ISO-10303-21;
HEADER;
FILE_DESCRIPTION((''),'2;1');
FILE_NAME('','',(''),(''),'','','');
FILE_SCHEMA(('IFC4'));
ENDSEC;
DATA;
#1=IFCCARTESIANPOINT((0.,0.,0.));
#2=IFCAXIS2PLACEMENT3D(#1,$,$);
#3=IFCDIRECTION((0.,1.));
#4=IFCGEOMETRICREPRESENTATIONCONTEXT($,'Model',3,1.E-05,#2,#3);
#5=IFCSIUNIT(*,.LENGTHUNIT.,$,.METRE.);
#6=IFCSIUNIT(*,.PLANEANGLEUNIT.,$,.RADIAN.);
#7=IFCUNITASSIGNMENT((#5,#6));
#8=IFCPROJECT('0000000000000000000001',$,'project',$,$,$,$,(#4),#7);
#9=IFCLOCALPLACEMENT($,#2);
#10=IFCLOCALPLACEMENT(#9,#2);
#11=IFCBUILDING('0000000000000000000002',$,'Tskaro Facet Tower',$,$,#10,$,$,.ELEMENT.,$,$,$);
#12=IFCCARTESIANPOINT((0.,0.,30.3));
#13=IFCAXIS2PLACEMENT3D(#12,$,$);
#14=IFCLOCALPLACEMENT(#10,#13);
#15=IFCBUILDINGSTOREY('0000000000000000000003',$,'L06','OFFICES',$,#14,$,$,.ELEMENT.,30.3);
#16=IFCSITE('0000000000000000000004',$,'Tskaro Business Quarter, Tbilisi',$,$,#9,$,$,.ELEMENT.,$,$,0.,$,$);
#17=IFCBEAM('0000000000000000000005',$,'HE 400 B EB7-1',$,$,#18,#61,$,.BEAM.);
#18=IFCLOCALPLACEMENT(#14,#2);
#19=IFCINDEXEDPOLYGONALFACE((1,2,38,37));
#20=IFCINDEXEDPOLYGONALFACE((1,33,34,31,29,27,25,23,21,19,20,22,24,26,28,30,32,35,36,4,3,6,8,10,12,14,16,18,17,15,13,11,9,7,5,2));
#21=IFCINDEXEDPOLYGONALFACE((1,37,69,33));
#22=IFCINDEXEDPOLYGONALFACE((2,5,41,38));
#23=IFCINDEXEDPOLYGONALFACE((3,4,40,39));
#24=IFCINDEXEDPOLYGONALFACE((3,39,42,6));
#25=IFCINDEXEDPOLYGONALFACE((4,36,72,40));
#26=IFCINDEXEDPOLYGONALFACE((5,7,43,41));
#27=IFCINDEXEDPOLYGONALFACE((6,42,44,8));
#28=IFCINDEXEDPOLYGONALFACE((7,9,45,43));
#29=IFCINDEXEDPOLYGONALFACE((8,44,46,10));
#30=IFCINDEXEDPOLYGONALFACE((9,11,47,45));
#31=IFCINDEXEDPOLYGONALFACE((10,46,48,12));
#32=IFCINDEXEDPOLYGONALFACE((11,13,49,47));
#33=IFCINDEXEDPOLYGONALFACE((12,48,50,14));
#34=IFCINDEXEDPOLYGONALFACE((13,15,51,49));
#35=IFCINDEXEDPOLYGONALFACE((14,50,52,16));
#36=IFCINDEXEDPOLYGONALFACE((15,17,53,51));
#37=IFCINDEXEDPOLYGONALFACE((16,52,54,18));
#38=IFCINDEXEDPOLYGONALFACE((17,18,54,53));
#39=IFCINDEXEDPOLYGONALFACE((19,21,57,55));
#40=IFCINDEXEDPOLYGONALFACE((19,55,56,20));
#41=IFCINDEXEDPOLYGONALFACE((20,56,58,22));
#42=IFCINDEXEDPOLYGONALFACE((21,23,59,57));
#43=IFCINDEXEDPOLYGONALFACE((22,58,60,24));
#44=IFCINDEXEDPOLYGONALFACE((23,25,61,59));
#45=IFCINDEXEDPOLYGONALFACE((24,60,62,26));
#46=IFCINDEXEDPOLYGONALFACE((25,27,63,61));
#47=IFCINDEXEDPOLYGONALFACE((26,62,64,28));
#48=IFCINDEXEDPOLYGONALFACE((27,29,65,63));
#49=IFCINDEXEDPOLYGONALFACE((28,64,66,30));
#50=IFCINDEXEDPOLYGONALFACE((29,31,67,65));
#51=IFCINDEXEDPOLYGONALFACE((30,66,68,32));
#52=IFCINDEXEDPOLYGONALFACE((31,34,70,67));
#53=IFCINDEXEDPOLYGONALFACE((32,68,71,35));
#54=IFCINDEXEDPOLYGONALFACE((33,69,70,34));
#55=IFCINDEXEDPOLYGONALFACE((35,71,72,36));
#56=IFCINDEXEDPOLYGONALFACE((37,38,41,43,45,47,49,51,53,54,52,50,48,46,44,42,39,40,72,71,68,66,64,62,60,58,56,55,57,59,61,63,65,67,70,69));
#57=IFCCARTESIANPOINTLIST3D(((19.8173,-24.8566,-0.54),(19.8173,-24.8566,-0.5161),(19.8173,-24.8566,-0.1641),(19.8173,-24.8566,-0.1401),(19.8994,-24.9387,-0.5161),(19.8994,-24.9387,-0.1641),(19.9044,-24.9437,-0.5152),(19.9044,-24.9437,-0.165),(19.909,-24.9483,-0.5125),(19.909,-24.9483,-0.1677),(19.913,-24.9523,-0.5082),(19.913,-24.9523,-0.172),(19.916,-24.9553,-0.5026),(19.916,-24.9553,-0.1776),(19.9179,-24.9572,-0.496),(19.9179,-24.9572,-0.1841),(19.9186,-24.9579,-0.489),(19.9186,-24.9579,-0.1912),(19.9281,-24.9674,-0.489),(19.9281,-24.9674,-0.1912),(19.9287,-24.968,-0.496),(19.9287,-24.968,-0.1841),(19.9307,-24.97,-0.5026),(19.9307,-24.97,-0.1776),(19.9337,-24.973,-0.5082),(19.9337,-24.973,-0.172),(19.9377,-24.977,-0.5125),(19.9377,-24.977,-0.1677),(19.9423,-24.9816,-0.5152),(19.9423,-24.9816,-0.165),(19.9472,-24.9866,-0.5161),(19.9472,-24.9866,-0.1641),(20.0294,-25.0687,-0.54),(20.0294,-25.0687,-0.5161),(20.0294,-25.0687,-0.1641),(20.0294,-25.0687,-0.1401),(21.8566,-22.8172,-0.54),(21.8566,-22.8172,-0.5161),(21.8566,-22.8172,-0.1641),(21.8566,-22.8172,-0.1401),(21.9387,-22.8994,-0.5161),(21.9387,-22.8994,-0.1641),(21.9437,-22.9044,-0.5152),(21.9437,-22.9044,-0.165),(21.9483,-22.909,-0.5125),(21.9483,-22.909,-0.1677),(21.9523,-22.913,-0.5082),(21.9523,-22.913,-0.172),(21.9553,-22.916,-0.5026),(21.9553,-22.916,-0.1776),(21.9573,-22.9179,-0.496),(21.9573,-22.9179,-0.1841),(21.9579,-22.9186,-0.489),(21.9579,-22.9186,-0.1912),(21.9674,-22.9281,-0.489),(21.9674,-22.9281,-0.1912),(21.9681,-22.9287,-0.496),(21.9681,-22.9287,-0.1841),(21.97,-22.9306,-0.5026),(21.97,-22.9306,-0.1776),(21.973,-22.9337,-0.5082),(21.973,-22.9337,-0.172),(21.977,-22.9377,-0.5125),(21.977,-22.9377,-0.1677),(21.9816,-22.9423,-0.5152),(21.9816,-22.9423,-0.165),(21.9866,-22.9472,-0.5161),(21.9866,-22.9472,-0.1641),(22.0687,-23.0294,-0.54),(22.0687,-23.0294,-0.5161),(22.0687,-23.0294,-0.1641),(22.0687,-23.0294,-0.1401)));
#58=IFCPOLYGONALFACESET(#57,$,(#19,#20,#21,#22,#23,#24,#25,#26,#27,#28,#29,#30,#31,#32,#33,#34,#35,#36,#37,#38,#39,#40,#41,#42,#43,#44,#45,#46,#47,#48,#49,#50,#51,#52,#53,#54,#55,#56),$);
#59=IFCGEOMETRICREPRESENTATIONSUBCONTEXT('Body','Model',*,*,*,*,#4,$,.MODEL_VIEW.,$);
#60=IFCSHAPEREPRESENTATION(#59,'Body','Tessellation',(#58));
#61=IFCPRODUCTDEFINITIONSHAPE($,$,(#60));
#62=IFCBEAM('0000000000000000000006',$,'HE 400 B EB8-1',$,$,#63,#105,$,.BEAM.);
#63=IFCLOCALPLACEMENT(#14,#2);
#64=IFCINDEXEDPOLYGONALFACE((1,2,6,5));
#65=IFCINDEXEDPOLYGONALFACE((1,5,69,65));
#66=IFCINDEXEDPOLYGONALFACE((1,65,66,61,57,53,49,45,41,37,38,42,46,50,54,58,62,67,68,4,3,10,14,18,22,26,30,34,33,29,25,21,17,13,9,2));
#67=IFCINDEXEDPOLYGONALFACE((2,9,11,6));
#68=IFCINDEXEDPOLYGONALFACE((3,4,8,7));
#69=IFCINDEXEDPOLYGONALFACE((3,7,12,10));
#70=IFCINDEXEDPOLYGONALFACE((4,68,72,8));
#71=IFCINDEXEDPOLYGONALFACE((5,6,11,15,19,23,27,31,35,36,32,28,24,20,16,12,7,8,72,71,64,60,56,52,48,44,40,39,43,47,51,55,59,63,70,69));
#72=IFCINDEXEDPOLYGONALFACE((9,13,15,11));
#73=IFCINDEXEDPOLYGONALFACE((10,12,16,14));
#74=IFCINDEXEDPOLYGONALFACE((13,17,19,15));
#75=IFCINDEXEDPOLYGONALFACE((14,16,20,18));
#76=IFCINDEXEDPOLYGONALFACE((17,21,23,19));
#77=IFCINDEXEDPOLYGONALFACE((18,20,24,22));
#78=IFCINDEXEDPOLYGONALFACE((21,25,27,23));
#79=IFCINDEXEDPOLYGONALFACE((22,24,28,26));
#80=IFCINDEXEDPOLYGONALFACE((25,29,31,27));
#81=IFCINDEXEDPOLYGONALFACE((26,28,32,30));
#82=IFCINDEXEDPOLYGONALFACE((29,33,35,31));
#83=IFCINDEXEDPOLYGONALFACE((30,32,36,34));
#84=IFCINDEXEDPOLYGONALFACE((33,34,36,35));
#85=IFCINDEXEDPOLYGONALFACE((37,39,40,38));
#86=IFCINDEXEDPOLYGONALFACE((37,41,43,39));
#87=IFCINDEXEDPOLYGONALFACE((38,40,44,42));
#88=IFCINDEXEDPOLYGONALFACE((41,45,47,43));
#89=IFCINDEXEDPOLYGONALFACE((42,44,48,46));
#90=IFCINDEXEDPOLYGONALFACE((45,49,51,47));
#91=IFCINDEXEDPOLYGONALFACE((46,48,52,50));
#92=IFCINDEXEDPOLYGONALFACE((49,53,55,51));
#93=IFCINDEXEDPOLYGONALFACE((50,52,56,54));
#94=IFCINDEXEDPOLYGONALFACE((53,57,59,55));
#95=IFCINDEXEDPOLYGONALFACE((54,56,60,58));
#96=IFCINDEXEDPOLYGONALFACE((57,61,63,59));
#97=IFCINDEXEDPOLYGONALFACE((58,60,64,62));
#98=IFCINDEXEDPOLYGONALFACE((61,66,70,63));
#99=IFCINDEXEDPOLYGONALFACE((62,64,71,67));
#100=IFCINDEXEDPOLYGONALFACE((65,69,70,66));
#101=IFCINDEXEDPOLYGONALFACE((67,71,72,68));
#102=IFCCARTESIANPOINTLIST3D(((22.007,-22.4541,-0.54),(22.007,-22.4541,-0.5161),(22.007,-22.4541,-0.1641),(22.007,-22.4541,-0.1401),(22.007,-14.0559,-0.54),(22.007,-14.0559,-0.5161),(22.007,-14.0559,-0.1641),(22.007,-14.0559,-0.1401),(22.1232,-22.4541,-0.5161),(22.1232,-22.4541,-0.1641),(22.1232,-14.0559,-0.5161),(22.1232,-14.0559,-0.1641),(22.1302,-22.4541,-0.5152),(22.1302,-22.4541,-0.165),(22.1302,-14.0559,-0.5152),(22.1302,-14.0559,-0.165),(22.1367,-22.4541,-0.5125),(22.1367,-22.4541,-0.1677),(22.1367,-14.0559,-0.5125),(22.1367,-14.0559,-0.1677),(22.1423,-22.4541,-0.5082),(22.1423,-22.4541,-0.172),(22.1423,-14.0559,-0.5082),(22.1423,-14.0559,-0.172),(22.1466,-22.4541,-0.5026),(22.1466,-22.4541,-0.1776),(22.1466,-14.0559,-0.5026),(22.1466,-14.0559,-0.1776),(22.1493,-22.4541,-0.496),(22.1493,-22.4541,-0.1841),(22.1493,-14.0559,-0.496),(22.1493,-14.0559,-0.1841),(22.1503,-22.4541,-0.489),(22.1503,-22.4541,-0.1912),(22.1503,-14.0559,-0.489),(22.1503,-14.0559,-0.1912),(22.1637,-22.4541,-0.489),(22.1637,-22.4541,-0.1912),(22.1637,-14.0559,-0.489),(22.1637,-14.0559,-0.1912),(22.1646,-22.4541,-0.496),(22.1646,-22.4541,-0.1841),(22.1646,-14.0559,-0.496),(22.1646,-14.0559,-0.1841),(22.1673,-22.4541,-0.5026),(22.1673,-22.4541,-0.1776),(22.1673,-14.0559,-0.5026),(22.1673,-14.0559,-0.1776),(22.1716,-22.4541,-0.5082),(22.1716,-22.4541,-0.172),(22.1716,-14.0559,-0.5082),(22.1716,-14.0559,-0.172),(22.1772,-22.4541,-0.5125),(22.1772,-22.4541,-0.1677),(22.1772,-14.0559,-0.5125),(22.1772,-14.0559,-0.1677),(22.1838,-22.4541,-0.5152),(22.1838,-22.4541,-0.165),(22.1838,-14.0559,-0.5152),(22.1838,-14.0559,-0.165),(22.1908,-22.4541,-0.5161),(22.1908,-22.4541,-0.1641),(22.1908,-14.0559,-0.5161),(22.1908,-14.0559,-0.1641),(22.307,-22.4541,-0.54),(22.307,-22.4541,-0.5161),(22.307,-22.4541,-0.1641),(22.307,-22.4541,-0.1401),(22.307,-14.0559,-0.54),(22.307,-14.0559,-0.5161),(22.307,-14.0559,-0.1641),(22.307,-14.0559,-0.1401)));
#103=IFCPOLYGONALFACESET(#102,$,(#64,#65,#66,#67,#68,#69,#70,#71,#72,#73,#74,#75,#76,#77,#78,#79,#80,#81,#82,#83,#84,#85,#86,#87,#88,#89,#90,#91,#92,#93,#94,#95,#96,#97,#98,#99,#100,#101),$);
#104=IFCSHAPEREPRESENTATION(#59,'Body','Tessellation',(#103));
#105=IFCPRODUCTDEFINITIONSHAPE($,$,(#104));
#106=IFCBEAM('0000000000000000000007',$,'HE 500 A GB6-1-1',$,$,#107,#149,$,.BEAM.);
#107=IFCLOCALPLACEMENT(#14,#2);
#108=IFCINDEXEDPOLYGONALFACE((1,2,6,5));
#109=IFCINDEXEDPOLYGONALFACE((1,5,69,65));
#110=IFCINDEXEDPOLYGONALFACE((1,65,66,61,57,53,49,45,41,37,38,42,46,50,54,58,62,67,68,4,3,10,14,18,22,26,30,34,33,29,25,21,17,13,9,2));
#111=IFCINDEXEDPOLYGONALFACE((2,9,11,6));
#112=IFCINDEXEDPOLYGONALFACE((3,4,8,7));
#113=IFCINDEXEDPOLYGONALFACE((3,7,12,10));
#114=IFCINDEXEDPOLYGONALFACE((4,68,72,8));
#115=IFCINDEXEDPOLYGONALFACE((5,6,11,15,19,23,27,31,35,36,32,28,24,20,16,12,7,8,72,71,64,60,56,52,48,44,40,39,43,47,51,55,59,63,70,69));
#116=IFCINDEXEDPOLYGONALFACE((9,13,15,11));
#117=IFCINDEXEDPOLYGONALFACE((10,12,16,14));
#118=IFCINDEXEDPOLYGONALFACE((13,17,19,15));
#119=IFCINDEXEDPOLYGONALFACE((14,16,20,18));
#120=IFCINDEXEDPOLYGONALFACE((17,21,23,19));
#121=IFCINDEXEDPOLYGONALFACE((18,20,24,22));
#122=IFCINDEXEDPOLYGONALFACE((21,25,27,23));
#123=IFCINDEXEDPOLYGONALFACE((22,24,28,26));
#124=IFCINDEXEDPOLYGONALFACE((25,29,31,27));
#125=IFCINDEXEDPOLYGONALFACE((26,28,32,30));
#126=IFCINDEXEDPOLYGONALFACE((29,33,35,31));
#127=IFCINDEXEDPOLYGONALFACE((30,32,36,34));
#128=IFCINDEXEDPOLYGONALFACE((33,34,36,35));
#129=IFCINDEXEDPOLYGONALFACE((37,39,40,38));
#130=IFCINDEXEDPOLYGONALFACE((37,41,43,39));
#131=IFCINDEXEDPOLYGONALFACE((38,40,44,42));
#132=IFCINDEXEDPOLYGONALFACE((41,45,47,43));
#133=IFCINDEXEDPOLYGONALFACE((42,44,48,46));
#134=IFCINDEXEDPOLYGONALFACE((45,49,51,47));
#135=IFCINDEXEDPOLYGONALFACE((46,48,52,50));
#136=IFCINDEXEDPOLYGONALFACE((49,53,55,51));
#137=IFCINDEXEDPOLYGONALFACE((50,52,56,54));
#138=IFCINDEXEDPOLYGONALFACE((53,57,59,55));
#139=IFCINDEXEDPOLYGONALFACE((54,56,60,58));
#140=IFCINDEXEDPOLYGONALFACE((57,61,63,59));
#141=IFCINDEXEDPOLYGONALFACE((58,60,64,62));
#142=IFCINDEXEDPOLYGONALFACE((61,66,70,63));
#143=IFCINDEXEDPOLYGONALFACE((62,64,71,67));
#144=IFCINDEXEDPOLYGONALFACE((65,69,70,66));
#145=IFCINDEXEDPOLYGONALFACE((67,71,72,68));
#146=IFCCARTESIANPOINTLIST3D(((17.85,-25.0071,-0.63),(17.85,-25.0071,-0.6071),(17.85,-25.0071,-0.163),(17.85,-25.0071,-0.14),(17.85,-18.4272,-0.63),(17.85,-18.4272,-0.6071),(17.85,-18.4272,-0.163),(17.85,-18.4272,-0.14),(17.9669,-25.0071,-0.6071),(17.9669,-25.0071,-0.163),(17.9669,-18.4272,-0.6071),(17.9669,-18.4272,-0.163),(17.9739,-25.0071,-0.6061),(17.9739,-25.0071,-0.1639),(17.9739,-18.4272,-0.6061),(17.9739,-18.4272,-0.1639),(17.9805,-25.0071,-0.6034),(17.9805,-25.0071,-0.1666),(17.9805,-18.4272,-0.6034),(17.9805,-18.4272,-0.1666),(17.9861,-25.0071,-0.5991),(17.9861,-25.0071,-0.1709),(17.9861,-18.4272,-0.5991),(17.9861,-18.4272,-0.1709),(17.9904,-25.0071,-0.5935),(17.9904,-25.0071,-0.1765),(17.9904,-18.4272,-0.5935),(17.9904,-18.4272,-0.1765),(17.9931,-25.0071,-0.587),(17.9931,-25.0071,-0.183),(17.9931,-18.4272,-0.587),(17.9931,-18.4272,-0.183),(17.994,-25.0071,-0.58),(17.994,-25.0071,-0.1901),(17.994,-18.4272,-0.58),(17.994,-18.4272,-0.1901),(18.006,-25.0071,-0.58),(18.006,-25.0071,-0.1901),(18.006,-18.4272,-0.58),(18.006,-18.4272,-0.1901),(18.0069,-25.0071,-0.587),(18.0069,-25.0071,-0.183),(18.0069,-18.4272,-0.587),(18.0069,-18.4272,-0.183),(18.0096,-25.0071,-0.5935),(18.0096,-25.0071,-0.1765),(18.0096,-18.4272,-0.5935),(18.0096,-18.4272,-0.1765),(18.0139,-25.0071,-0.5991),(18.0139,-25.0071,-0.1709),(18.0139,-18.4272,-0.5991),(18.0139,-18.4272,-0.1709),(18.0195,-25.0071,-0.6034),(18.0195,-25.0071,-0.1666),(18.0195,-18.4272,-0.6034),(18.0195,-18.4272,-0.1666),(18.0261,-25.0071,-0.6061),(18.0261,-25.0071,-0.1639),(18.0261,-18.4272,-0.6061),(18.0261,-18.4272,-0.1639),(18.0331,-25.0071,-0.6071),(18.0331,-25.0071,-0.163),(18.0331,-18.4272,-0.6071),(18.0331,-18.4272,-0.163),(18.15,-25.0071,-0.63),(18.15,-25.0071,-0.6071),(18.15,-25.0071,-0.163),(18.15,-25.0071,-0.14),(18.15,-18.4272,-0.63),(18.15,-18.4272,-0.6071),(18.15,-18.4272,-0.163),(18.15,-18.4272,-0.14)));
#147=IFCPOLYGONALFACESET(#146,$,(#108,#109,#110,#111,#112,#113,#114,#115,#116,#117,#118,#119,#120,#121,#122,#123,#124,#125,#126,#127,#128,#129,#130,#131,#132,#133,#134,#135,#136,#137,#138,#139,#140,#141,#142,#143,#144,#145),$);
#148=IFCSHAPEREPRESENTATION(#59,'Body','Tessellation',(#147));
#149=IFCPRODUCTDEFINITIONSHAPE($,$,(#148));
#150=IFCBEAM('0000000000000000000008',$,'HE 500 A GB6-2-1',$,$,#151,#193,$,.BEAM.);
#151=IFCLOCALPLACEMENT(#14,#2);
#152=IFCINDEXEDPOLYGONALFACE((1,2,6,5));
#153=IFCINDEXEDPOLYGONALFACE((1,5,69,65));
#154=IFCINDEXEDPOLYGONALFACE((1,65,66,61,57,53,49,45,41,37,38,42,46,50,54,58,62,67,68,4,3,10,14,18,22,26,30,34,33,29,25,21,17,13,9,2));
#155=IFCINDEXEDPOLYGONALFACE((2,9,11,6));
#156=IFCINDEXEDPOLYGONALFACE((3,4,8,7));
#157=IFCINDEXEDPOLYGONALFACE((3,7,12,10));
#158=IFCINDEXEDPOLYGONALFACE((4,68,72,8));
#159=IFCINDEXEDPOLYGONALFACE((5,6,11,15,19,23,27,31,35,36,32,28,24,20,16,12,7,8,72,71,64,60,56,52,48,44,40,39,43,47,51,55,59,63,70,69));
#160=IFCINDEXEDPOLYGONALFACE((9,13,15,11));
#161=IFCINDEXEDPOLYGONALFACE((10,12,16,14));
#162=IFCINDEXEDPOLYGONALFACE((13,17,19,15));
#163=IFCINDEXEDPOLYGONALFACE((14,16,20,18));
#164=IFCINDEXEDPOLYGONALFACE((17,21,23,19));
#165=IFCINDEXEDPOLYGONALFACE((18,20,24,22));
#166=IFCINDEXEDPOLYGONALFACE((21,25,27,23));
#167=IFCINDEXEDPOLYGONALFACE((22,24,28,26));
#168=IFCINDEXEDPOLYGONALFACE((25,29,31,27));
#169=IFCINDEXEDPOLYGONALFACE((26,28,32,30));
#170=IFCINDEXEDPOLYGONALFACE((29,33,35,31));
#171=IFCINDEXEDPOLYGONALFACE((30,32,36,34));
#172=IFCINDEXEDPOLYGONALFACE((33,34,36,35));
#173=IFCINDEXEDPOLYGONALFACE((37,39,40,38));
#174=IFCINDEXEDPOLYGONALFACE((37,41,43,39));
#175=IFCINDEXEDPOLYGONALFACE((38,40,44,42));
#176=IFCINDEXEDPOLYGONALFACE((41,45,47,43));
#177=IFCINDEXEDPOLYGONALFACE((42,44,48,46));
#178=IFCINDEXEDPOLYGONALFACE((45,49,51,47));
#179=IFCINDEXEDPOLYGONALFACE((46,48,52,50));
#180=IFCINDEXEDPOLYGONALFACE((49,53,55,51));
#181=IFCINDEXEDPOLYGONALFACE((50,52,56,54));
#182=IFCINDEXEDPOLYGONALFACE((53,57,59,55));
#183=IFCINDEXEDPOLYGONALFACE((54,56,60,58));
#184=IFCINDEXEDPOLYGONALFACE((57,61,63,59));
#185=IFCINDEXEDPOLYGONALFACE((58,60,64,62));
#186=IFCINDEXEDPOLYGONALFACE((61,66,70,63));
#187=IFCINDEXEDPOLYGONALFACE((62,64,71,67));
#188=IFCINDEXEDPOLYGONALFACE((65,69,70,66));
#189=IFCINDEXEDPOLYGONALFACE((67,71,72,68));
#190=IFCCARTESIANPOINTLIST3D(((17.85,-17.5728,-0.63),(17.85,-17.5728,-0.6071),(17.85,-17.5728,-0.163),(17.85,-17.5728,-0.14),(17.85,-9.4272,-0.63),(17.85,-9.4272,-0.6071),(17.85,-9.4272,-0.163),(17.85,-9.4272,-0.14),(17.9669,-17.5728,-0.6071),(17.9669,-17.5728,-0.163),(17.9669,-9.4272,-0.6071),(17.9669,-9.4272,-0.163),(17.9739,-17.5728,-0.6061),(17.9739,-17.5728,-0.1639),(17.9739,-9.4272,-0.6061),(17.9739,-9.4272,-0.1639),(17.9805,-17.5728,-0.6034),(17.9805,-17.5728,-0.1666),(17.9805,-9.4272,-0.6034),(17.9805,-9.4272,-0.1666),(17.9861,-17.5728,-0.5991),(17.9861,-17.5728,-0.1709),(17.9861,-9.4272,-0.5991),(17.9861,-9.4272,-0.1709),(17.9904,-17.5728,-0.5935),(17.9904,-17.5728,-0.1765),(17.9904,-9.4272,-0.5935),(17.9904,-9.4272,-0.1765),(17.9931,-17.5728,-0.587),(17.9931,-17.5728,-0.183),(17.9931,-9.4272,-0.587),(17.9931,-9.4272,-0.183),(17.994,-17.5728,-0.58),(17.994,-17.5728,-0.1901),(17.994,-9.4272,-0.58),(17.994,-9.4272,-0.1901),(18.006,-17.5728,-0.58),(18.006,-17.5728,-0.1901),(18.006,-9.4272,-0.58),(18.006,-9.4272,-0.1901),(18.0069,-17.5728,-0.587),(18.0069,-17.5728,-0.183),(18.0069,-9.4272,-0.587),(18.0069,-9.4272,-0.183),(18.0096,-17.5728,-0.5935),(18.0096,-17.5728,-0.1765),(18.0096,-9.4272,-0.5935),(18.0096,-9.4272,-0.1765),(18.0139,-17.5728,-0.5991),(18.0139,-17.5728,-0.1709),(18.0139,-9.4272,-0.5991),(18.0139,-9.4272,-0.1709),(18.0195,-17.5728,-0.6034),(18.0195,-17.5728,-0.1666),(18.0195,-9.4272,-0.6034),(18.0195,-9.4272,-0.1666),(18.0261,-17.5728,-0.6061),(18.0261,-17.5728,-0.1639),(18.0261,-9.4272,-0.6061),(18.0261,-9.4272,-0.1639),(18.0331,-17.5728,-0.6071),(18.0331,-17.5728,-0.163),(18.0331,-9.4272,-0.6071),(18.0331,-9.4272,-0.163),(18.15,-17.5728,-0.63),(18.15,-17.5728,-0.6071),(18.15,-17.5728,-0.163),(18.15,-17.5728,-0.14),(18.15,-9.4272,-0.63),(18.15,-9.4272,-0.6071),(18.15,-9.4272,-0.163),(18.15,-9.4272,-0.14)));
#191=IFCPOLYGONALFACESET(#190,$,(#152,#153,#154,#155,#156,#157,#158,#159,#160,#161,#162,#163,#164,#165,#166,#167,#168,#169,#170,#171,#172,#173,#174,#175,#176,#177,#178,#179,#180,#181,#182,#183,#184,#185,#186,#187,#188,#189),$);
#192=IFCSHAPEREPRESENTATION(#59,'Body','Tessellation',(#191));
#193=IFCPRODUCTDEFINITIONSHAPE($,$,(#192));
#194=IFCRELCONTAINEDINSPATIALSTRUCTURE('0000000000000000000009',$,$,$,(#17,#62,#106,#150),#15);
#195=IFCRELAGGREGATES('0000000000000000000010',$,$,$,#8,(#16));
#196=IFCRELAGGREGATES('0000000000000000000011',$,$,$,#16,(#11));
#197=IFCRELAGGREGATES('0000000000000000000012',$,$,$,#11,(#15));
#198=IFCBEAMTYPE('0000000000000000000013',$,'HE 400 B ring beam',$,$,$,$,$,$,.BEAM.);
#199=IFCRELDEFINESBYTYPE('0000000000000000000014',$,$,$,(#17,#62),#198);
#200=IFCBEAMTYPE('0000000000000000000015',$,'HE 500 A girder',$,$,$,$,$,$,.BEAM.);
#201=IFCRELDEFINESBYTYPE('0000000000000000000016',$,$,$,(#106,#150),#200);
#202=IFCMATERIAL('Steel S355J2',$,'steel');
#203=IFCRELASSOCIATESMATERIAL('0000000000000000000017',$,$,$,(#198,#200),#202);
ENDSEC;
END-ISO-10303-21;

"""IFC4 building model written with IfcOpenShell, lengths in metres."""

from ifc_helpers import new_model, si_unit, direction, frame, origin, origin_2d, place, context, subcontext, project, spatial, i_section, extrude, material, material_profile, profile_set, type_object, element, save


model = new_model("IFC4")

# Units and contexts
model_context = context("Model", 3, precision=1e-05, world=origin(), true_north=direction((0.0, 1.0)))
body_context = subcontext(model_context, "Body", "Model", "MODEL_VIEW")
ifc_project = project(units=[si_unit("LENGTHUNIT", "METRE"), si_unit("PLANEANGLEUNIT", "RADIAN")], contexts=[model_context])

# Site, building, storey
site_placement = place(None, origin())
site = spatial("IfcSite", under=ifc_project, at=site_placement, Name="Tskaro Business Quarter, Tbilisi", CompositionType="ELEMENT", RefElevation=0.0)
building_placement = place(site_placement, origin())
building = spatial("IfcBuilding", under=site, at=building_placement, Name="Tskaro Facet Tower", CompositionType="ELEMENT")
storey_placement = place(building_placement, frame((0.0, 0.0, 30.3)))
storey = spatial("IfcBuildingStorey", under=building, at=storey_placement, Name="L06", Description="OFFICES", CompositionType="ELEMENT", Elevation=30.3)

# Beams
ifc_material_1 = material(Name="Steel S355J2", Category="steel")
ifc_material_profile_1 = material_profile(ifc_material_1, i_section(OverallWidth=0.3, OverallDepth=0.3999, WebThickness=0.0134, FlangeThickness=0.0239, FilletRadius=0.0271, at=origin_2d()), Name="HE 400 B")
ifc_profile_set_1 = profile_set([ifc_material_profile_1], Name="Steel S355J2")
beam_type_1 = type_object("IfcBeamType", Name="HE 400 B ring beam", PredefinedType="BEAM", material=ifc_profile_set_1)
beam_1_placement = place(storey_placement, frame((19.9233, -24.9626, -0.3401), z_axis=(0.707107, 0.707107, 0.0), x_axis=(-0.707107, 0.707107, 0.0)))
element("IfcBeam", 1, at=beam_1_placement, inside=storey, type_object=beam_type_1, Name="HE 400 B EB7-1", PredefinedType="BEAM", context=body_context, shape_type="SweptSolid", body=[
    extrude(i_section(OverallWidth=0.3, OverallDepth=0.3999, WebThickness=0.0134, FlangeThickness=0.0239, FilletRadius=0.0271, at=origin_2d()), origin(), (0.0, 0.0, 1.0), 2.884),
])
beam_2_placement = place(storey_placement, frame((22.157, -22.4541, -0.3401), z_axis=(0.0, 1.0, 0.0), x_axis=(-1.0, 0.0, 0.0)))
element("IfcBeam", 2, at=beam_2_placement, inside=storey, type_object=beam_type_1, Name="HE 400 B EB8-1", PredefinedType="BEAM", context=body_context, shape_type="SweptSolid", body=[
    extrude(i_section(OverallWidth=0.3, OverallDepth=0.3999, WebThickness=0.0134, FlangeThickness=0.0239, FilletRadius=0.0271, at=origin_2d()), origin(), (0.0, 0.0, 1.0), 8.3982),
])
ifc_material_profile_2 = material_profile(ifc_material_1, i_section(OverallWidth=0.3, OverallDepth=0.49, WebThickness=0.012, FlangeThickness=0.0229, FilletRadius=0.0271, at=origin_2d()), Name="HE 500 A")
ifc_profile_set_2 = profile_set([ifc_material_profile_2], Name="Steel S355J2")
beam_type_2 = type_object("IfcBeamType", Name="HE 500 A girder", PredefinedType="BEAM", material=ifc_profile_set_2)
beam_3_placement = place(storey_placement, frame((18.0, -25.0071, -0.385), z_axis=(0.0, 1.0, 0.0), x_axis=(-1.0, 0.0, 0.0)))
element("IfcBeam", 3, at=beam_3_placement, inside=storey, type_object=beam_type_2, Name="HE 500 A GB6-1-1", PredefinedType="BEAM", context=body_context, shape_type="SweptSolid", body=[
    extrude(i_section(OverallWidth=0.3, OverallDepth=0.49, WebThickness=0.012, FlangeThickness=0.0229, FilletRadius=0.0271, at=origin_2d()), origin(), (0.0, 0.0, 1.0), 6.5798),
])
beam_4_placement = place(storey_placement, frame((18.0, -17.5728, -0.385), z_axis=(0.0, 1.0, 0.0), x_axis=(-1.0, 0.0, 0.0)))
element("IfcBeam", 4, at=beam_4_placement, inside=storey, type_object=beam_type_2, Name="HE 500 A GB6-2-1", PredefinedType="BEAM", context=body_context, shape_type="SweptSolid", body=[
    extrude(i_section(OverallWidth=0.3, OverallDepth=0.49, WebThickness=0.012, FlangeThickness=0.0229, FilletRadius=0.0271, at=origin_2d()), origin(), (0.0, 0.0, 1.0), 8.1455),
])

save(model, "model.ifc")
